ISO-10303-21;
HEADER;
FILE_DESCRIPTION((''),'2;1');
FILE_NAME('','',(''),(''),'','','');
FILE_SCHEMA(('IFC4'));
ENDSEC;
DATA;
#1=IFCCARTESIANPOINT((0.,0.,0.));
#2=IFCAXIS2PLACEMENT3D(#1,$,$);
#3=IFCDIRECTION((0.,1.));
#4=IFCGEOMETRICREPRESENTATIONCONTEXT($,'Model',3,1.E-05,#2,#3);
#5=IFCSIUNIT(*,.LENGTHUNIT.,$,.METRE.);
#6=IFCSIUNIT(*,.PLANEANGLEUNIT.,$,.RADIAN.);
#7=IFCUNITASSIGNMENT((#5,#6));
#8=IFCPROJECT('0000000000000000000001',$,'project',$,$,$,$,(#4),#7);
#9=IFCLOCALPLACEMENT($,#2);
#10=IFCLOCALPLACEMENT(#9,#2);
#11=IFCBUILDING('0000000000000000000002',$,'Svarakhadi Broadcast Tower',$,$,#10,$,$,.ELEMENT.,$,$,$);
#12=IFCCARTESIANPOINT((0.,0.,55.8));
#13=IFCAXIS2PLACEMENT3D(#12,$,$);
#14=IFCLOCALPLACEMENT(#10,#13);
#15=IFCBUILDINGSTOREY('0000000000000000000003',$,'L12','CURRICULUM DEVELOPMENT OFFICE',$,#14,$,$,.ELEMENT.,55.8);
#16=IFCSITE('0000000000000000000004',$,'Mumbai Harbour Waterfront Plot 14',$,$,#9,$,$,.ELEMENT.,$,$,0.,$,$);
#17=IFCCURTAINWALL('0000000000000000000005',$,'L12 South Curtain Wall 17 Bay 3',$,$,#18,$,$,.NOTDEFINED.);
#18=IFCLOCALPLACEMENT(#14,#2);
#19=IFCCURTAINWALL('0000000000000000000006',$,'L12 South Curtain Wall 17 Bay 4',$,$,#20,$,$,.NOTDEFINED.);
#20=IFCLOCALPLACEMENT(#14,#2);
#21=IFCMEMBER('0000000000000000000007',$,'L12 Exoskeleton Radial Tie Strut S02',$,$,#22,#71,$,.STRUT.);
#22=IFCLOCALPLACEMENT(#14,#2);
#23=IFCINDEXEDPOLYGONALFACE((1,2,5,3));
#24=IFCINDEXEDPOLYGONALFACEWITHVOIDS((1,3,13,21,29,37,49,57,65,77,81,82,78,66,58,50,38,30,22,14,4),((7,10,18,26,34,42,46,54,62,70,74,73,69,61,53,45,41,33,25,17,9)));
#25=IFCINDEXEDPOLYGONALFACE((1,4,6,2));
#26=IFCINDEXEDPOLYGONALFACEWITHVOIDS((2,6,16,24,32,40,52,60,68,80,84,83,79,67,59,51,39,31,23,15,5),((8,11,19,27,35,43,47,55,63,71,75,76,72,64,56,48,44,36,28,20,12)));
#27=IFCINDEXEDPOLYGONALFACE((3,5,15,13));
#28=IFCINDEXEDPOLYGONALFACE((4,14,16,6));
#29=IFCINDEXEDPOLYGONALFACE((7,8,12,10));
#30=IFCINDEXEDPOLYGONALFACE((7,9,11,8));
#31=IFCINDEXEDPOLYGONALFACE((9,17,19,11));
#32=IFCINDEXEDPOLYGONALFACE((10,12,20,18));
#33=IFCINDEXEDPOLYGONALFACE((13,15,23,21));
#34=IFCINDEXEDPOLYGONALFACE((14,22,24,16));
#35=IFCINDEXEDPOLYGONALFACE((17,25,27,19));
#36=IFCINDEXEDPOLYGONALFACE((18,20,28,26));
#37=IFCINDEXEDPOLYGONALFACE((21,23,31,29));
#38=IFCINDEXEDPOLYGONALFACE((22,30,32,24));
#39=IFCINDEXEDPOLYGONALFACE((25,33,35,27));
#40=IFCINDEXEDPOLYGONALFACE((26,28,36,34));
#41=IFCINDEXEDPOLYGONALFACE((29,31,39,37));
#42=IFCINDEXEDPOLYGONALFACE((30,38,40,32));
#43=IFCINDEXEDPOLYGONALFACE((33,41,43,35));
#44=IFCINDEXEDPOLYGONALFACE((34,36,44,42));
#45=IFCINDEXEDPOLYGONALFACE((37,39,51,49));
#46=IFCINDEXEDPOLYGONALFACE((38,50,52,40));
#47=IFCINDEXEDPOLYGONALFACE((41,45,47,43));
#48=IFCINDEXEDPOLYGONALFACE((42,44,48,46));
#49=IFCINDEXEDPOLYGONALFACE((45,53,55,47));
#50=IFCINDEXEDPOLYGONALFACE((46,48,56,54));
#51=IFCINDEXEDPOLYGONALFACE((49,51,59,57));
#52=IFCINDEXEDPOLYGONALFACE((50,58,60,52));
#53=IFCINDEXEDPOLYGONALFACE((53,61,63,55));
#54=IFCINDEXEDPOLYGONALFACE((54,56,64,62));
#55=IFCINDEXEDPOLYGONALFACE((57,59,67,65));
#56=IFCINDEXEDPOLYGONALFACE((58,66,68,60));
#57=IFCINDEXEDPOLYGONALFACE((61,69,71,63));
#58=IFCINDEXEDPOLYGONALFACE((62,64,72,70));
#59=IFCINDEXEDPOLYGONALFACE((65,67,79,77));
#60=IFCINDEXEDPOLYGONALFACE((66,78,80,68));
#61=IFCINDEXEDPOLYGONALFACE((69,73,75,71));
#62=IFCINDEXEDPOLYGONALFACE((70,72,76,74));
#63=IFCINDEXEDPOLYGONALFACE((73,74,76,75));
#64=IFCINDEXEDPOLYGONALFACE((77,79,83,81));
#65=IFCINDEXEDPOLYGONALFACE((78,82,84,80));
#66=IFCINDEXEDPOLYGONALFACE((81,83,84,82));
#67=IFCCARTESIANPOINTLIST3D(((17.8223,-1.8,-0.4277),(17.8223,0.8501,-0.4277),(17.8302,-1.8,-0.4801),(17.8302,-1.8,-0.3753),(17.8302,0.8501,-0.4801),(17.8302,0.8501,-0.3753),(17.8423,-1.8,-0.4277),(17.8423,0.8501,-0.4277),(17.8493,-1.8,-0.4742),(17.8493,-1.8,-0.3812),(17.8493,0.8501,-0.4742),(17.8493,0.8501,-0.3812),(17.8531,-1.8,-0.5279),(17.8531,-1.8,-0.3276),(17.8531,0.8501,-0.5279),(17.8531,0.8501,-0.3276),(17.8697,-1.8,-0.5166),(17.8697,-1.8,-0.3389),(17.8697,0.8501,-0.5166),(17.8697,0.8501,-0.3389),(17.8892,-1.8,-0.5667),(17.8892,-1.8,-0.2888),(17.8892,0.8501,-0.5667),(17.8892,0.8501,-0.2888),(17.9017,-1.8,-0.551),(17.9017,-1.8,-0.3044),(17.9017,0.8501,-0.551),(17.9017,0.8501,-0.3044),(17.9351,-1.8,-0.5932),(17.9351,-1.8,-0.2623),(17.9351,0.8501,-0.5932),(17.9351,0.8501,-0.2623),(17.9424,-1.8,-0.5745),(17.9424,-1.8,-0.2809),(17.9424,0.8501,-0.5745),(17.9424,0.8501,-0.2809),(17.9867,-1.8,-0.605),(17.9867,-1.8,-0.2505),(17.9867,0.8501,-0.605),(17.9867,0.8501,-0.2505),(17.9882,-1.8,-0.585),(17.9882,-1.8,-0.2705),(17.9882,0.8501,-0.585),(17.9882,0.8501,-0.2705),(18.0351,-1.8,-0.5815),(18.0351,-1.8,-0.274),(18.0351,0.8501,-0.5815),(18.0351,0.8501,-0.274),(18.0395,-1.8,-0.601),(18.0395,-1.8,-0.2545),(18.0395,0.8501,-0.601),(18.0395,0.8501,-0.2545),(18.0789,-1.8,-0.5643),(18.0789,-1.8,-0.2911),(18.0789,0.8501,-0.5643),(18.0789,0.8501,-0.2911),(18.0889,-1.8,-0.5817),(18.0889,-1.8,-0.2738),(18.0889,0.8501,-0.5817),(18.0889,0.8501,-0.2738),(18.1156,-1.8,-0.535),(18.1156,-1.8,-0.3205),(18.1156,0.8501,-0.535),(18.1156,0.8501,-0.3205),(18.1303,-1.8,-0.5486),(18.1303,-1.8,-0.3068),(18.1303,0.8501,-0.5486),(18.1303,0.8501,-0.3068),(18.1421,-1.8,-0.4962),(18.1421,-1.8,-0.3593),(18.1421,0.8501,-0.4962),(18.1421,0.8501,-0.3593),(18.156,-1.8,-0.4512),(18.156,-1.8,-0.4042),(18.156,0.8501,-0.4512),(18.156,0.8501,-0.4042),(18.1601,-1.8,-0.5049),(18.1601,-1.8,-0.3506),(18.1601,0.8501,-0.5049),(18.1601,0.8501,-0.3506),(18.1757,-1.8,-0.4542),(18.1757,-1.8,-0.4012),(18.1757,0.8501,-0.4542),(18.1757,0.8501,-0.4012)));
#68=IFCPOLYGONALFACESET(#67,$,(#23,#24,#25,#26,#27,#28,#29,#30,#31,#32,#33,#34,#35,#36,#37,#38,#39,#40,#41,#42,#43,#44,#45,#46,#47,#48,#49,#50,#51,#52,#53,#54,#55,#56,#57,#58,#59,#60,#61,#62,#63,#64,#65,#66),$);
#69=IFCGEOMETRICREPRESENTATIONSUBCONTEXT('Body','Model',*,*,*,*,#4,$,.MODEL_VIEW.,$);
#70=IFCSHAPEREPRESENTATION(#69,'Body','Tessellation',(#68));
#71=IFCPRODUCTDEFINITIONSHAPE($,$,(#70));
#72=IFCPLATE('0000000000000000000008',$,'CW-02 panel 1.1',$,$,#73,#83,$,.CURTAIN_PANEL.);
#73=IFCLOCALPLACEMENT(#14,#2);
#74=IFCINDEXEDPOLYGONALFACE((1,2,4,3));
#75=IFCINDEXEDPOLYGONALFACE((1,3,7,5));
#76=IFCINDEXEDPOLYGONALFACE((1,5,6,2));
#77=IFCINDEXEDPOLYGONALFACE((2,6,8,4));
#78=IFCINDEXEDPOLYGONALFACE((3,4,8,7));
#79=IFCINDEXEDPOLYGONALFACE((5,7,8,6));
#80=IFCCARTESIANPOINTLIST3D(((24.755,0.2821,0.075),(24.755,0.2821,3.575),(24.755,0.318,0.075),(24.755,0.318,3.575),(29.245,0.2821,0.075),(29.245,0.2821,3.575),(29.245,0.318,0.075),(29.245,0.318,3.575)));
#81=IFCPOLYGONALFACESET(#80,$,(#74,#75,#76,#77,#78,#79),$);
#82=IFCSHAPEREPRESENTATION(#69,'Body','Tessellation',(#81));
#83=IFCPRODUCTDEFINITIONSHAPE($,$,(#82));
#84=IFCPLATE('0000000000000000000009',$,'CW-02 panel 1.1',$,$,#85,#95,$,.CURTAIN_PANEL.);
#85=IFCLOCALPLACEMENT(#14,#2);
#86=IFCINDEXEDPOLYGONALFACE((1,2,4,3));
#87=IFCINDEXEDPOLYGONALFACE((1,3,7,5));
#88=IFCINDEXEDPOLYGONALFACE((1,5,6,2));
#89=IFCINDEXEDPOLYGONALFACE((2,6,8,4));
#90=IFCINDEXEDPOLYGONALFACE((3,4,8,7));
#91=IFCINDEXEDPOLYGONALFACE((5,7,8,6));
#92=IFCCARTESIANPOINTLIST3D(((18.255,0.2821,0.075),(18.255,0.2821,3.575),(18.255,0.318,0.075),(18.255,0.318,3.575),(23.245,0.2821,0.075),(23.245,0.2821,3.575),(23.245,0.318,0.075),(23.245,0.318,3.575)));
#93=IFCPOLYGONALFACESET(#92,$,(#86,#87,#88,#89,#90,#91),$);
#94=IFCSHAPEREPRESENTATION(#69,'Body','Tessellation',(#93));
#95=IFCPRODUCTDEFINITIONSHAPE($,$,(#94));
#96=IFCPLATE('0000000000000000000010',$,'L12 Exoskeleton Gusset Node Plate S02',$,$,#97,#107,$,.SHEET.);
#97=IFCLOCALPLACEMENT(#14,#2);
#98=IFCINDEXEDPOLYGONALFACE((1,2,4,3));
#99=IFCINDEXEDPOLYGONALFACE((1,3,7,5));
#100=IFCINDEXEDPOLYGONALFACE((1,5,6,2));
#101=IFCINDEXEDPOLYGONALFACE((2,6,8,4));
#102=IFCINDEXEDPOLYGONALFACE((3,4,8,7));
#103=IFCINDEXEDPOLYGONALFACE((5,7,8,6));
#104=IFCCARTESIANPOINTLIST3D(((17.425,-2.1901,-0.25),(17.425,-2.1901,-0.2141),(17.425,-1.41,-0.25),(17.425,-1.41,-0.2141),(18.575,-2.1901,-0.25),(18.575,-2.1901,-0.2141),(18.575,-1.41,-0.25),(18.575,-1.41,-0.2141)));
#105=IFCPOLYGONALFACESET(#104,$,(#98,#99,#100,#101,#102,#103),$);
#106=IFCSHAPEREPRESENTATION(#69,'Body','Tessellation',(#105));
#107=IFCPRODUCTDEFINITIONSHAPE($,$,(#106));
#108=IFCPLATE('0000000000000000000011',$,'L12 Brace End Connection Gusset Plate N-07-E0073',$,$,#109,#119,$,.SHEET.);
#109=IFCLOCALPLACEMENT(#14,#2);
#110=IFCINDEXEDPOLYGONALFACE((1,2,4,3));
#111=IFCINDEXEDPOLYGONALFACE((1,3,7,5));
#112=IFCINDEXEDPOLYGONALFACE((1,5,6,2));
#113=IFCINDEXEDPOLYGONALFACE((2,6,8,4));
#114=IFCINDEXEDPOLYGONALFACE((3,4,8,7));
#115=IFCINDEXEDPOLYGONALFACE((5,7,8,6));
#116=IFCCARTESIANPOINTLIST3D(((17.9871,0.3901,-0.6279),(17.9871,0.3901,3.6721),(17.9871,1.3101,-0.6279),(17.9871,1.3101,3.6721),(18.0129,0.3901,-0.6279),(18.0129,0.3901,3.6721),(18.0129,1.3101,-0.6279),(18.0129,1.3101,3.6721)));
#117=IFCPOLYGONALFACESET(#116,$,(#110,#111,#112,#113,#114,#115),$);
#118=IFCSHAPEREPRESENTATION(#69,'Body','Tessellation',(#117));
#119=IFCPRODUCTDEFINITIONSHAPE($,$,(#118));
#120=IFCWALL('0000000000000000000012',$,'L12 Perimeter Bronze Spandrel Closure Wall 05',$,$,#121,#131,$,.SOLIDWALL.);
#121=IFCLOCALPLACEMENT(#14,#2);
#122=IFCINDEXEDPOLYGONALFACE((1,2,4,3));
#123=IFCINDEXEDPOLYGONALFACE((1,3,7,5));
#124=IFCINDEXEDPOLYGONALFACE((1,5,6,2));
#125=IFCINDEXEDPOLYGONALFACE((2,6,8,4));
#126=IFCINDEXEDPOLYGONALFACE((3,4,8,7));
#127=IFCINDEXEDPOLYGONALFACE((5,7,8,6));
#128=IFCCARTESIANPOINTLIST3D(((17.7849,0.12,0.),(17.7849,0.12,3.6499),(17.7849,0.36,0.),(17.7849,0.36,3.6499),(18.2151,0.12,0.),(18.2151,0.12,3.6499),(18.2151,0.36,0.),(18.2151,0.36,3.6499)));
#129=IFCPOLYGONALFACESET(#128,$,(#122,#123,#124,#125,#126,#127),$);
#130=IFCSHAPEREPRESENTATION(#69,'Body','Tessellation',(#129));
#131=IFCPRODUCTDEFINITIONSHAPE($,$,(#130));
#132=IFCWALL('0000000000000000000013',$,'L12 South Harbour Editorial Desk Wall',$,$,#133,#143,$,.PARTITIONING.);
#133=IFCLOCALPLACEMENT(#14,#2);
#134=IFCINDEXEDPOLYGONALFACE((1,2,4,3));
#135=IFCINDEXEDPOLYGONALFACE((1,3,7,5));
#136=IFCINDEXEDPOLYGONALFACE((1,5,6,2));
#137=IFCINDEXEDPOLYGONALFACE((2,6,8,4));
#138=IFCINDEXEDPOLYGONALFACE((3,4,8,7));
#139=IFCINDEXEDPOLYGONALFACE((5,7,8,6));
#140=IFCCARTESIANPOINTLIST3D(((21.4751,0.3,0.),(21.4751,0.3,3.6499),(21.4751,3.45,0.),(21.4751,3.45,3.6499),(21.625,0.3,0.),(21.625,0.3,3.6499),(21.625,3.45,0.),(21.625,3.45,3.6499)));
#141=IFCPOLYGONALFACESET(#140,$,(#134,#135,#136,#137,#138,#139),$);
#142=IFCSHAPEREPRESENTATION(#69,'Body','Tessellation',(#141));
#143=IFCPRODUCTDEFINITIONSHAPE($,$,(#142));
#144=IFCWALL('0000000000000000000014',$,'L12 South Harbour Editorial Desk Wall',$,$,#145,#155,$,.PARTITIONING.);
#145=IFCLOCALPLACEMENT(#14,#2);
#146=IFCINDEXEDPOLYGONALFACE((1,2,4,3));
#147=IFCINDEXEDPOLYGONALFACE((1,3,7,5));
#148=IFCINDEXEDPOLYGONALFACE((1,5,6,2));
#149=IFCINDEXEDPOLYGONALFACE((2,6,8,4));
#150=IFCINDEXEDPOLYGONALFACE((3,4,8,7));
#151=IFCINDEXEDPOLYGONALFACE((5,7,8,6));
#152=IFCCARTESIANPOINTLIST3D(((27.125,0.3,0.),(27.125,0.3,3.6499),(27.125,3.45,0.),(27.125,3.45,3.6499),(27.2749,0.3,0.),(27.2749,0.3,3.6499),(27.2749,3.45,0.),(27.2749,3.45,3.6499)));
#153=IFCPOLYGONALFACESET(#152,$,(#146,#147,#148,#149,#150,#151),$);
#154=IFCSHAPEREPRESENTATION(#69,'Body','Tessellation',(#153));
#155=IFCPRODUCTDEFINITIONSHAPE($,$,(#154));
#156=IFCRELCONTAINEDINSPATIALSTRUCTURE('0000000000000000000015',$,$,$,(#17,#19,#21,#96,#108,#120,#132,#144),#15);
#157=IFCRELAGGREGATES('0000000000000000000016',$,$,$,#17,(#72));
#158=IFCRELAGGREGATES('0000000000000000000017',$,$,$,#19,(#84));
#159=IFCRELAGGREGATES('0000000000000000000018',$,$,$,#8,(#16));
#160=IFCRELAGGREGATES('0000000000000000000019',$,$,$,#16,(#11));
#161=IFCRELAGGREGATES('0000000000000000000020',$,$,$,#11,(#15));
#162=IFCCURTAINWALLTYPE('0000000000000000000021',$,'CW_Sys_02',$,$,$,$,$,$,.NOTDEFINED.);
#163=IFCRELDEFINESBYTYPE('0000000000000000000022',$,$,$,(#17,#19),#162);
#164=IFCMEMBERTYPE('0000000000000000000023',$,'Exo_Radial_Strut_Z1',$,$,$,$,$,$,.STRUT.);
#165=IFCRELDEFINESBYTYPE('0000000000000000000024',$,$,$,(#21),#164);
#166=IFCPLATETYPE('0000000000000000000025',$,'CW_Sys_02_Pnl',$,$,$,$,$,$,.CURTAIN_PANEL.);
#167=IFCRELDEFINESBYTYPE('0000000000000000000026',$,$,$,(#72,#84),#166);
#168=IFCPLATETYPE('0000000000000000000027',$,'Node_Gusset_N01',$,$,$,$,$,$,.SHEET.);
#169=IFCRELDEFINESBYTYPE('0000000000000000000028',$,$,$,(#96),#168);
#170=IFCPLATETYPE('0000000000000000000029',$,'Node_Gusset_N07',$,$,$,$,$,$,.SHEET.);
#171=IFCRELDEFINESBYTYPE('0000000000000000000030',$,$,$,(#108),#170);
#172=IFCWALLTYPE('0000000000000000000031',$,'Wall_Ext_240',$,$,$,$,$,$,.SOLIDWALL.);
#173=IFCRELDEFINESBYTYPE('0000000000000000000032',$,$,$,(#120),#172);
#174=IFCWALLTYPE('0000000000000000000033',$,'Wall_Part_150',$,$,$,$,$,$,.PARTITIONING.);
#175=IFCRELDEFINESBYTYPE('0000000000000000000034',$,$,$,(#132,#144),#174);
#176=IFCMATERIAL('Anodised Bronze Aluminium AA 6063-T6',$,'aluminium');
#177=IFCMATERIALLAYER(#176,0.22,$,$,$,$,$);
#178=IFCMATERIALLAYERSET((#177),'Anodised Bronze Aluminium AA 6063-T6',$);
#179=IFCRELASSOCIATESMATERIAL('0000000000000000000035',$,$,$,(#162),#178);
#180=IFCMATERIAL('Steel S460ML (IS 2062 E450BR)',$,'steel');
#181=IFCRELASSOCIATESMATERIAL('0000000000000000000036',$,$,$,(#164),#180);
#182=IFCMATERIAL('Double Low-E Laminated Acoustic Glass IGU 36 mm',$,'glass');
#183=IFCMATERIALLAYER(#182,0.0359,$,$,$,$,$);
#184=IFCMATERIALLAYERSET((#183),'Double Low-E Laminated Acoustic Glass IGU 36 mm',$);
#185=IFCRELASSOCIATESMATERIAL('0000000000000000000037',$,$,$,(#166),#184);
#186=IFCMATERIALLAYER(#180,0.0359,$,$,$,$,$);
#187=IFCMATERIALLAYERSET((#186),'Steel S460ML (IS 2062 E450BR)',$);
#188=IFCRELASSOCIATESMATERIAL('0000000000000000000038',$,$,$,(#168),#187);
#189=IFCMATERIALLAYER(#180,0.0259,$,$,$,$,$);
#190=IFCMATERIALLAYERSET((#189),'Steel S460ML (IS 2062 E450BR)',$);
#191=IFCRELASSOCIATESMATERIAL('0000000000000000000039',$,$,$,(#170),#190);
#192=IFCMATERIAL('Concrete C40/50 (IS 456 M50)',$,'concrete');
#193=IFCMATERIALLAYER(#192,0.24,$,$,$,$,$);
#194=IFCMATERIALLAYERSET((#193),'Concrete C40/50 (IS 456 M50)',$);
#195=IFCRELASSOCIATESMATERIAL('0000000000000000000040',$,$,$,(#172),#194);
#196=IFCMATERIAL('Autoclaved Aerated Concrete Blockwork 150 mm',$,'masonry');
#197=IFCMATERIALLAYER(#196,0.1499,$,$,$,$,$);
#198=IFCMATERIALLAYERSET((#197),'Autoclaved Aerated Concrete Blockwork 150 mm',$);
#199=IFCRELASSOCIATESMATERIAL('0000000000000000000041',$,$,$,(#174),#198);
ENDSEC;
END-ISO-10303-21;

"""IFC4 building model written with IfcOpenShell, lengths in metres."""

from ifc_helpers import new_model, si_unit, direction, frame, frame_2d, origin, origin_2d, place, context, subcontext, project, spatial, rectangle, hollow_circle, extrude, material, layer, layer_set, material_profile, profile_set, type_object, element, aggregate, save


model = new_model("IFC4")

# Units and contexts
model_context = context("Model", 3, precision=1e-05, world=origin(), true_north=direction((0.0, 1.0)))
body_context = subcontext(model_context, "Body", "Model", "MODEL_VIEW")
ifc_project = project(units=[si_unit("LENGTHUNIT", "METRE"), si_unit("PLANEANGLEUNIT", "RADIAN")], contexts=[model_context])

# Site, building, storey
site_placement = place(None, origin())
site = spatial("IfcSite", under=ifc_project, at=site_placement, Name="Mumbai Harbour Waterfront Plot 14", CompositionType="ELEMENT", RefElevation=0.0)
building_placement = place(site_placement, origin())
building = spatial("IfcBuilding", under=site, at=building_placement, Name="Svarakhadi Broadcast Tower", CompositionType="ELEMENT")
storey_placement = place(building_placement, frame((0.0, 0.0, 55.8)))
storey = spatial("IfcBuildingStorey", under=building, at=storey_placement, Name="L12", Description="CURRICULUM DEVELOPMENT OFFICE", CompositionType="ELEMENT", Elevation=55.8)

# Curtain wall
ifc_material_1 = material(Name="Anodised Bronze Aluminium AA 6063-T6", Category="aluminium")
ifc_layer_1 = layer(ifc_material_1, 0.22)
ifc_layer_set_1 = layer_set([ifc_layer_1], Name="Anodised Bronze Aluminium AA 6063-T6")
curtain_wall_type = type_object("IfcCurtainWallType", Name="CW_Sys_02", PredefinedType="NOTDEFINED", material=ifc_layer_set_1)
curtain_wall_1_placement = place(storey_placement, origin())
curtain_wall_1 = element("IfcCurtainWall", 1, at=curtain_wall_1_placement, inside=storey, type_object=curtain_wall_type, Name="L12 South Curtain Wall 17 Bay 3", PredefinedType="NOTDEFINED")

# Curtain wall
curtain_wall_2_placement = place(storey_placement, origin())
curtain_wall_2 = element("IfcCurtainWall", 2, at=curtain_wall_2_placement, inside=storey, type_object=curtain_wall_type, Name="L12 South Curtain Wall 17 Bay 4", PredefinedType="NOTDEFINED")

# Member
ifc_material_2 = material(Name="Steel S460ML (IS 2062 E450BR)", Category="steel")
ifc_material_profile_1 = material_profile(ifc_material_2, hollow_circle(Radius=0.1777, WallThickness=0.02, at=origin_2d()), Name="CHS 355.6x20")
ifc_profile_set_1 = profile_set([ifc_material_profile_1], Name="Steel S460ML (IS 2062 E450BR)")
member_type_1 = type_object("IfcMemberType", Name="Exo_Radial_Strut_Z1", PredefinedType="STRUT", material=ifc_profile_set_1)
member_1_placement = place(storey_placement, frame((18.0, -1.8, -0.4277), z_axis=(0.0, 1.0, 0.0), x_axis=(-1.0, 0.0, 0.0)))
element("IfcMember", 3, at=member_1_placement, inside=storey, type_object=member_type_1, Name="L12 Exoskeleton Radial Tie Strut S02", PredefinedType="STRUT", context=body_context, shape_type="SweptSolid", body=[
    extrude(hollow_circle(Radius=0.1777, WallThickness=0.02, at=origin_2d()), origin(), (0.0, 0.0, 1.0), 2.6501),
])

# Plates
ifc_material_3 = material(Name="Double Low-E Laminated Acoustic Glass IGU 36 mm", Category="glass")
ifc_layer_2 = layer(ifc_material_3, 0.0359)
ifc_layer_set_2 = layer_set([ifc_layer_2], Name="Double Low-E Laminated Acoustic Glass IGU 36 mm")
plate_type_1 = type_object("IfcPlateType", Name="CW_Sys_02_Pnl", PredefinedType="CURTAIN_PANEL", material=ifc_layer_set_2)
plate_1_placement = place(storey_placement, frame((27.0, 0.3, 0.075), z_axis=(0.0, 0.0, 1.0), x_axis=(-1.0, 0.0, 0.0)))
plate_1 = element("IfcPlate", 4, at=plate_1_placement, type_object=plate_type_1, Name="CW-02 panel 1.1", PredefinedType="CURTAIN_PANEL", context=body_context, shape_type="SweptSolid", body=[
    extrude(rectangle(XDim=4.49, YDim=0.0359, at=origin_2d()), origin(), (0.0, 0.0, 1.0), 3.5),
])
aggregate(curtain_wall_1, [plate_1])
plate_2_placement = place(storey_placement, frame((20.75, 0.3, 0.075), z_axis=(0.0, 0.0, 1.0), x_axis=(-1.0, 0.0, 0.0)))
plate_2 = element("IfcPlate", 5, at=plate_2_placement, type_object=plate_type_1, Name="CW-02 panel 1.1", PredefinedType="CURTAIN_PANEL", context=body_context, shape_type="SweptSolid", body=[
    extrude(rectangle(XDim=4.99, YDim=0.0359, at=origin_2d()), origin(), (0.0, 0.0, 1.0), 3.5),
])
aggregate(curtain_wall_2, [plate_2])

# Plates
ifc_layer_3 = layer(ifc_material_2, 0.0359)
ifc_layer_set_3 = layer_set([ifc_layer_3], Name="Steel S460ML (IS 2062 E450BR)")
plate_type_2 = type_object("IfcPlateType", Name="Node_Gusset_N01", PredefinedType="SHEET", material=ifc_layer_set_3)
plate_3_placement = place(storey_placement, frame((18.0, -1.8, -0.25), z_axis=(0.0, 0.0, 1.0), x_axis=(1.0, 0.0, 0.0)))
element("IfcPlate", 6, at=plate_3_placement, inside=storey, type_object=plate_type_2, Name="L12 Exoskeleton Gusset Node Plate S02", PredefinedType="SHEET", context=body_context, shape_type="SweptSolid", body=[
    extrude(rectangle(XDim=1.1499, YDim=0.78, at=origin_2d()), origin(), (0.0, 0.0, 1.0), 0.0359),
])
ifc_layer_4 = layer(ifc_material_2, 0.0259)
ifc_layer_set_4 = layer_set([ifc_layer_4], Name="Steel S460ML (IS 2062 E450BR)")
plate_type_3 = type_object("IfcPlateType", Name="Node_Gusset_N07", PredefinedType="SHEET", material=ifc_layer_set_4)
plate_4_placement = place(storey_placement, frame((18.0, 0.8501, -0.6279), z_axis=(0.0, 0.0, 1.0), x_axis=(0.0, 1.0, 0.0)))
element("IfcPlate", 7, at=plate_4_placement, inside=storey, type_object=plate_type_3, Name="L12 Brace End Connection Gusset Plate N-07-E0073", PredefinedType="SHEET", context=body_context, shape_type="SweptSolid", body=[
    extrude(rectangle(XDim=0.9199, YDim=0.0259, at=origin_2d()), origin(), (0.0, 0.0, 1.0), 4.3),
])

# Walls
ifc_material_4 = material(Name="Concrete C40/50 (IS 456 M50)", Category="concrete")
ifc_layer_5 = layer(ifc_material_4, 0.24)
ifc_layer_set_5 = layer_set([ifc_layer_5], Name="Concrete C40/50 (IS 456 M50)")
wall_type_1 = type_object("IfcWallType", Name="Wall_Ext_240", PredefinedType="SOLIDWALL", material=ifc_layer_set_5)
wall_placement = place(storey_placement, frame((18.2151, 0.24, 0.0), z_axis=(0.0, 0.0, 1.0), x_axis=(-1.0, 0.0, 0.0)))
element("IfcWall", 8, at=wall_placement, inside=storey, type_object=wall_type_1, Name="L12 Perimeter Bronze Spandrel Closure Wall 05", PredefinedType="SOLIDWALL", context=body_context, shape_type="SweptSolid", body=[
    extrude(rectangle(XDim=0.4302, YDim=0.24, at=frame_2d((0.2151, 0.0))), origin(), (0.0, 0.0, 1.0), 3.6499),
])
ifc_material_5 = material(Name="Autoclaved Aerated Concrete Blockwork 150 mm", Category="masonry")
ifc_layer_6 = layer(ifc_material_5, 0.1499)
ifc_layer_set_6 = layer_set([ifc_layer_6], Name="Autoclaved Aerated Concrete Blockwork 150 mm")
wall_type_2 = type_object("IfcWallType", Name="Wall_Part_150", PredefinedType="PARTITIONING", material=ifc_layer_set_6)
for number, where, z_axis, x_axis, name in (
    (9, (21.55, 0.3, 0.0), (0.0, 0.0, 1.0), (0.0, 1.0, 0.0), "L12 South Harbour Editorial Desk Wall"),
    (10, (27.2, 0.3, 0.0), (0.0, 0.0, 1.0), (0.0, 1.0, 0.0), "L12 South Harbour Editorial Desk Wall"),
):
    element("IfcWall", number, at=place(storey_placement, frame(where, z_axis=z_axis, x_axis=x_axis)), inside=storey, type_object=wall_type_2, Name=name, PredefinedType="PARTITIONING", context=body_context, shape_type="SweptSolid", body=[
        extrude(rectangle(XDim=3.1499, YDim=0.1499, at=frame_2d((1.575, 0.0))), origin(), (0.0, 0.0, 1.0), 3.6499),
    ])

save(model, "model.ifc")
